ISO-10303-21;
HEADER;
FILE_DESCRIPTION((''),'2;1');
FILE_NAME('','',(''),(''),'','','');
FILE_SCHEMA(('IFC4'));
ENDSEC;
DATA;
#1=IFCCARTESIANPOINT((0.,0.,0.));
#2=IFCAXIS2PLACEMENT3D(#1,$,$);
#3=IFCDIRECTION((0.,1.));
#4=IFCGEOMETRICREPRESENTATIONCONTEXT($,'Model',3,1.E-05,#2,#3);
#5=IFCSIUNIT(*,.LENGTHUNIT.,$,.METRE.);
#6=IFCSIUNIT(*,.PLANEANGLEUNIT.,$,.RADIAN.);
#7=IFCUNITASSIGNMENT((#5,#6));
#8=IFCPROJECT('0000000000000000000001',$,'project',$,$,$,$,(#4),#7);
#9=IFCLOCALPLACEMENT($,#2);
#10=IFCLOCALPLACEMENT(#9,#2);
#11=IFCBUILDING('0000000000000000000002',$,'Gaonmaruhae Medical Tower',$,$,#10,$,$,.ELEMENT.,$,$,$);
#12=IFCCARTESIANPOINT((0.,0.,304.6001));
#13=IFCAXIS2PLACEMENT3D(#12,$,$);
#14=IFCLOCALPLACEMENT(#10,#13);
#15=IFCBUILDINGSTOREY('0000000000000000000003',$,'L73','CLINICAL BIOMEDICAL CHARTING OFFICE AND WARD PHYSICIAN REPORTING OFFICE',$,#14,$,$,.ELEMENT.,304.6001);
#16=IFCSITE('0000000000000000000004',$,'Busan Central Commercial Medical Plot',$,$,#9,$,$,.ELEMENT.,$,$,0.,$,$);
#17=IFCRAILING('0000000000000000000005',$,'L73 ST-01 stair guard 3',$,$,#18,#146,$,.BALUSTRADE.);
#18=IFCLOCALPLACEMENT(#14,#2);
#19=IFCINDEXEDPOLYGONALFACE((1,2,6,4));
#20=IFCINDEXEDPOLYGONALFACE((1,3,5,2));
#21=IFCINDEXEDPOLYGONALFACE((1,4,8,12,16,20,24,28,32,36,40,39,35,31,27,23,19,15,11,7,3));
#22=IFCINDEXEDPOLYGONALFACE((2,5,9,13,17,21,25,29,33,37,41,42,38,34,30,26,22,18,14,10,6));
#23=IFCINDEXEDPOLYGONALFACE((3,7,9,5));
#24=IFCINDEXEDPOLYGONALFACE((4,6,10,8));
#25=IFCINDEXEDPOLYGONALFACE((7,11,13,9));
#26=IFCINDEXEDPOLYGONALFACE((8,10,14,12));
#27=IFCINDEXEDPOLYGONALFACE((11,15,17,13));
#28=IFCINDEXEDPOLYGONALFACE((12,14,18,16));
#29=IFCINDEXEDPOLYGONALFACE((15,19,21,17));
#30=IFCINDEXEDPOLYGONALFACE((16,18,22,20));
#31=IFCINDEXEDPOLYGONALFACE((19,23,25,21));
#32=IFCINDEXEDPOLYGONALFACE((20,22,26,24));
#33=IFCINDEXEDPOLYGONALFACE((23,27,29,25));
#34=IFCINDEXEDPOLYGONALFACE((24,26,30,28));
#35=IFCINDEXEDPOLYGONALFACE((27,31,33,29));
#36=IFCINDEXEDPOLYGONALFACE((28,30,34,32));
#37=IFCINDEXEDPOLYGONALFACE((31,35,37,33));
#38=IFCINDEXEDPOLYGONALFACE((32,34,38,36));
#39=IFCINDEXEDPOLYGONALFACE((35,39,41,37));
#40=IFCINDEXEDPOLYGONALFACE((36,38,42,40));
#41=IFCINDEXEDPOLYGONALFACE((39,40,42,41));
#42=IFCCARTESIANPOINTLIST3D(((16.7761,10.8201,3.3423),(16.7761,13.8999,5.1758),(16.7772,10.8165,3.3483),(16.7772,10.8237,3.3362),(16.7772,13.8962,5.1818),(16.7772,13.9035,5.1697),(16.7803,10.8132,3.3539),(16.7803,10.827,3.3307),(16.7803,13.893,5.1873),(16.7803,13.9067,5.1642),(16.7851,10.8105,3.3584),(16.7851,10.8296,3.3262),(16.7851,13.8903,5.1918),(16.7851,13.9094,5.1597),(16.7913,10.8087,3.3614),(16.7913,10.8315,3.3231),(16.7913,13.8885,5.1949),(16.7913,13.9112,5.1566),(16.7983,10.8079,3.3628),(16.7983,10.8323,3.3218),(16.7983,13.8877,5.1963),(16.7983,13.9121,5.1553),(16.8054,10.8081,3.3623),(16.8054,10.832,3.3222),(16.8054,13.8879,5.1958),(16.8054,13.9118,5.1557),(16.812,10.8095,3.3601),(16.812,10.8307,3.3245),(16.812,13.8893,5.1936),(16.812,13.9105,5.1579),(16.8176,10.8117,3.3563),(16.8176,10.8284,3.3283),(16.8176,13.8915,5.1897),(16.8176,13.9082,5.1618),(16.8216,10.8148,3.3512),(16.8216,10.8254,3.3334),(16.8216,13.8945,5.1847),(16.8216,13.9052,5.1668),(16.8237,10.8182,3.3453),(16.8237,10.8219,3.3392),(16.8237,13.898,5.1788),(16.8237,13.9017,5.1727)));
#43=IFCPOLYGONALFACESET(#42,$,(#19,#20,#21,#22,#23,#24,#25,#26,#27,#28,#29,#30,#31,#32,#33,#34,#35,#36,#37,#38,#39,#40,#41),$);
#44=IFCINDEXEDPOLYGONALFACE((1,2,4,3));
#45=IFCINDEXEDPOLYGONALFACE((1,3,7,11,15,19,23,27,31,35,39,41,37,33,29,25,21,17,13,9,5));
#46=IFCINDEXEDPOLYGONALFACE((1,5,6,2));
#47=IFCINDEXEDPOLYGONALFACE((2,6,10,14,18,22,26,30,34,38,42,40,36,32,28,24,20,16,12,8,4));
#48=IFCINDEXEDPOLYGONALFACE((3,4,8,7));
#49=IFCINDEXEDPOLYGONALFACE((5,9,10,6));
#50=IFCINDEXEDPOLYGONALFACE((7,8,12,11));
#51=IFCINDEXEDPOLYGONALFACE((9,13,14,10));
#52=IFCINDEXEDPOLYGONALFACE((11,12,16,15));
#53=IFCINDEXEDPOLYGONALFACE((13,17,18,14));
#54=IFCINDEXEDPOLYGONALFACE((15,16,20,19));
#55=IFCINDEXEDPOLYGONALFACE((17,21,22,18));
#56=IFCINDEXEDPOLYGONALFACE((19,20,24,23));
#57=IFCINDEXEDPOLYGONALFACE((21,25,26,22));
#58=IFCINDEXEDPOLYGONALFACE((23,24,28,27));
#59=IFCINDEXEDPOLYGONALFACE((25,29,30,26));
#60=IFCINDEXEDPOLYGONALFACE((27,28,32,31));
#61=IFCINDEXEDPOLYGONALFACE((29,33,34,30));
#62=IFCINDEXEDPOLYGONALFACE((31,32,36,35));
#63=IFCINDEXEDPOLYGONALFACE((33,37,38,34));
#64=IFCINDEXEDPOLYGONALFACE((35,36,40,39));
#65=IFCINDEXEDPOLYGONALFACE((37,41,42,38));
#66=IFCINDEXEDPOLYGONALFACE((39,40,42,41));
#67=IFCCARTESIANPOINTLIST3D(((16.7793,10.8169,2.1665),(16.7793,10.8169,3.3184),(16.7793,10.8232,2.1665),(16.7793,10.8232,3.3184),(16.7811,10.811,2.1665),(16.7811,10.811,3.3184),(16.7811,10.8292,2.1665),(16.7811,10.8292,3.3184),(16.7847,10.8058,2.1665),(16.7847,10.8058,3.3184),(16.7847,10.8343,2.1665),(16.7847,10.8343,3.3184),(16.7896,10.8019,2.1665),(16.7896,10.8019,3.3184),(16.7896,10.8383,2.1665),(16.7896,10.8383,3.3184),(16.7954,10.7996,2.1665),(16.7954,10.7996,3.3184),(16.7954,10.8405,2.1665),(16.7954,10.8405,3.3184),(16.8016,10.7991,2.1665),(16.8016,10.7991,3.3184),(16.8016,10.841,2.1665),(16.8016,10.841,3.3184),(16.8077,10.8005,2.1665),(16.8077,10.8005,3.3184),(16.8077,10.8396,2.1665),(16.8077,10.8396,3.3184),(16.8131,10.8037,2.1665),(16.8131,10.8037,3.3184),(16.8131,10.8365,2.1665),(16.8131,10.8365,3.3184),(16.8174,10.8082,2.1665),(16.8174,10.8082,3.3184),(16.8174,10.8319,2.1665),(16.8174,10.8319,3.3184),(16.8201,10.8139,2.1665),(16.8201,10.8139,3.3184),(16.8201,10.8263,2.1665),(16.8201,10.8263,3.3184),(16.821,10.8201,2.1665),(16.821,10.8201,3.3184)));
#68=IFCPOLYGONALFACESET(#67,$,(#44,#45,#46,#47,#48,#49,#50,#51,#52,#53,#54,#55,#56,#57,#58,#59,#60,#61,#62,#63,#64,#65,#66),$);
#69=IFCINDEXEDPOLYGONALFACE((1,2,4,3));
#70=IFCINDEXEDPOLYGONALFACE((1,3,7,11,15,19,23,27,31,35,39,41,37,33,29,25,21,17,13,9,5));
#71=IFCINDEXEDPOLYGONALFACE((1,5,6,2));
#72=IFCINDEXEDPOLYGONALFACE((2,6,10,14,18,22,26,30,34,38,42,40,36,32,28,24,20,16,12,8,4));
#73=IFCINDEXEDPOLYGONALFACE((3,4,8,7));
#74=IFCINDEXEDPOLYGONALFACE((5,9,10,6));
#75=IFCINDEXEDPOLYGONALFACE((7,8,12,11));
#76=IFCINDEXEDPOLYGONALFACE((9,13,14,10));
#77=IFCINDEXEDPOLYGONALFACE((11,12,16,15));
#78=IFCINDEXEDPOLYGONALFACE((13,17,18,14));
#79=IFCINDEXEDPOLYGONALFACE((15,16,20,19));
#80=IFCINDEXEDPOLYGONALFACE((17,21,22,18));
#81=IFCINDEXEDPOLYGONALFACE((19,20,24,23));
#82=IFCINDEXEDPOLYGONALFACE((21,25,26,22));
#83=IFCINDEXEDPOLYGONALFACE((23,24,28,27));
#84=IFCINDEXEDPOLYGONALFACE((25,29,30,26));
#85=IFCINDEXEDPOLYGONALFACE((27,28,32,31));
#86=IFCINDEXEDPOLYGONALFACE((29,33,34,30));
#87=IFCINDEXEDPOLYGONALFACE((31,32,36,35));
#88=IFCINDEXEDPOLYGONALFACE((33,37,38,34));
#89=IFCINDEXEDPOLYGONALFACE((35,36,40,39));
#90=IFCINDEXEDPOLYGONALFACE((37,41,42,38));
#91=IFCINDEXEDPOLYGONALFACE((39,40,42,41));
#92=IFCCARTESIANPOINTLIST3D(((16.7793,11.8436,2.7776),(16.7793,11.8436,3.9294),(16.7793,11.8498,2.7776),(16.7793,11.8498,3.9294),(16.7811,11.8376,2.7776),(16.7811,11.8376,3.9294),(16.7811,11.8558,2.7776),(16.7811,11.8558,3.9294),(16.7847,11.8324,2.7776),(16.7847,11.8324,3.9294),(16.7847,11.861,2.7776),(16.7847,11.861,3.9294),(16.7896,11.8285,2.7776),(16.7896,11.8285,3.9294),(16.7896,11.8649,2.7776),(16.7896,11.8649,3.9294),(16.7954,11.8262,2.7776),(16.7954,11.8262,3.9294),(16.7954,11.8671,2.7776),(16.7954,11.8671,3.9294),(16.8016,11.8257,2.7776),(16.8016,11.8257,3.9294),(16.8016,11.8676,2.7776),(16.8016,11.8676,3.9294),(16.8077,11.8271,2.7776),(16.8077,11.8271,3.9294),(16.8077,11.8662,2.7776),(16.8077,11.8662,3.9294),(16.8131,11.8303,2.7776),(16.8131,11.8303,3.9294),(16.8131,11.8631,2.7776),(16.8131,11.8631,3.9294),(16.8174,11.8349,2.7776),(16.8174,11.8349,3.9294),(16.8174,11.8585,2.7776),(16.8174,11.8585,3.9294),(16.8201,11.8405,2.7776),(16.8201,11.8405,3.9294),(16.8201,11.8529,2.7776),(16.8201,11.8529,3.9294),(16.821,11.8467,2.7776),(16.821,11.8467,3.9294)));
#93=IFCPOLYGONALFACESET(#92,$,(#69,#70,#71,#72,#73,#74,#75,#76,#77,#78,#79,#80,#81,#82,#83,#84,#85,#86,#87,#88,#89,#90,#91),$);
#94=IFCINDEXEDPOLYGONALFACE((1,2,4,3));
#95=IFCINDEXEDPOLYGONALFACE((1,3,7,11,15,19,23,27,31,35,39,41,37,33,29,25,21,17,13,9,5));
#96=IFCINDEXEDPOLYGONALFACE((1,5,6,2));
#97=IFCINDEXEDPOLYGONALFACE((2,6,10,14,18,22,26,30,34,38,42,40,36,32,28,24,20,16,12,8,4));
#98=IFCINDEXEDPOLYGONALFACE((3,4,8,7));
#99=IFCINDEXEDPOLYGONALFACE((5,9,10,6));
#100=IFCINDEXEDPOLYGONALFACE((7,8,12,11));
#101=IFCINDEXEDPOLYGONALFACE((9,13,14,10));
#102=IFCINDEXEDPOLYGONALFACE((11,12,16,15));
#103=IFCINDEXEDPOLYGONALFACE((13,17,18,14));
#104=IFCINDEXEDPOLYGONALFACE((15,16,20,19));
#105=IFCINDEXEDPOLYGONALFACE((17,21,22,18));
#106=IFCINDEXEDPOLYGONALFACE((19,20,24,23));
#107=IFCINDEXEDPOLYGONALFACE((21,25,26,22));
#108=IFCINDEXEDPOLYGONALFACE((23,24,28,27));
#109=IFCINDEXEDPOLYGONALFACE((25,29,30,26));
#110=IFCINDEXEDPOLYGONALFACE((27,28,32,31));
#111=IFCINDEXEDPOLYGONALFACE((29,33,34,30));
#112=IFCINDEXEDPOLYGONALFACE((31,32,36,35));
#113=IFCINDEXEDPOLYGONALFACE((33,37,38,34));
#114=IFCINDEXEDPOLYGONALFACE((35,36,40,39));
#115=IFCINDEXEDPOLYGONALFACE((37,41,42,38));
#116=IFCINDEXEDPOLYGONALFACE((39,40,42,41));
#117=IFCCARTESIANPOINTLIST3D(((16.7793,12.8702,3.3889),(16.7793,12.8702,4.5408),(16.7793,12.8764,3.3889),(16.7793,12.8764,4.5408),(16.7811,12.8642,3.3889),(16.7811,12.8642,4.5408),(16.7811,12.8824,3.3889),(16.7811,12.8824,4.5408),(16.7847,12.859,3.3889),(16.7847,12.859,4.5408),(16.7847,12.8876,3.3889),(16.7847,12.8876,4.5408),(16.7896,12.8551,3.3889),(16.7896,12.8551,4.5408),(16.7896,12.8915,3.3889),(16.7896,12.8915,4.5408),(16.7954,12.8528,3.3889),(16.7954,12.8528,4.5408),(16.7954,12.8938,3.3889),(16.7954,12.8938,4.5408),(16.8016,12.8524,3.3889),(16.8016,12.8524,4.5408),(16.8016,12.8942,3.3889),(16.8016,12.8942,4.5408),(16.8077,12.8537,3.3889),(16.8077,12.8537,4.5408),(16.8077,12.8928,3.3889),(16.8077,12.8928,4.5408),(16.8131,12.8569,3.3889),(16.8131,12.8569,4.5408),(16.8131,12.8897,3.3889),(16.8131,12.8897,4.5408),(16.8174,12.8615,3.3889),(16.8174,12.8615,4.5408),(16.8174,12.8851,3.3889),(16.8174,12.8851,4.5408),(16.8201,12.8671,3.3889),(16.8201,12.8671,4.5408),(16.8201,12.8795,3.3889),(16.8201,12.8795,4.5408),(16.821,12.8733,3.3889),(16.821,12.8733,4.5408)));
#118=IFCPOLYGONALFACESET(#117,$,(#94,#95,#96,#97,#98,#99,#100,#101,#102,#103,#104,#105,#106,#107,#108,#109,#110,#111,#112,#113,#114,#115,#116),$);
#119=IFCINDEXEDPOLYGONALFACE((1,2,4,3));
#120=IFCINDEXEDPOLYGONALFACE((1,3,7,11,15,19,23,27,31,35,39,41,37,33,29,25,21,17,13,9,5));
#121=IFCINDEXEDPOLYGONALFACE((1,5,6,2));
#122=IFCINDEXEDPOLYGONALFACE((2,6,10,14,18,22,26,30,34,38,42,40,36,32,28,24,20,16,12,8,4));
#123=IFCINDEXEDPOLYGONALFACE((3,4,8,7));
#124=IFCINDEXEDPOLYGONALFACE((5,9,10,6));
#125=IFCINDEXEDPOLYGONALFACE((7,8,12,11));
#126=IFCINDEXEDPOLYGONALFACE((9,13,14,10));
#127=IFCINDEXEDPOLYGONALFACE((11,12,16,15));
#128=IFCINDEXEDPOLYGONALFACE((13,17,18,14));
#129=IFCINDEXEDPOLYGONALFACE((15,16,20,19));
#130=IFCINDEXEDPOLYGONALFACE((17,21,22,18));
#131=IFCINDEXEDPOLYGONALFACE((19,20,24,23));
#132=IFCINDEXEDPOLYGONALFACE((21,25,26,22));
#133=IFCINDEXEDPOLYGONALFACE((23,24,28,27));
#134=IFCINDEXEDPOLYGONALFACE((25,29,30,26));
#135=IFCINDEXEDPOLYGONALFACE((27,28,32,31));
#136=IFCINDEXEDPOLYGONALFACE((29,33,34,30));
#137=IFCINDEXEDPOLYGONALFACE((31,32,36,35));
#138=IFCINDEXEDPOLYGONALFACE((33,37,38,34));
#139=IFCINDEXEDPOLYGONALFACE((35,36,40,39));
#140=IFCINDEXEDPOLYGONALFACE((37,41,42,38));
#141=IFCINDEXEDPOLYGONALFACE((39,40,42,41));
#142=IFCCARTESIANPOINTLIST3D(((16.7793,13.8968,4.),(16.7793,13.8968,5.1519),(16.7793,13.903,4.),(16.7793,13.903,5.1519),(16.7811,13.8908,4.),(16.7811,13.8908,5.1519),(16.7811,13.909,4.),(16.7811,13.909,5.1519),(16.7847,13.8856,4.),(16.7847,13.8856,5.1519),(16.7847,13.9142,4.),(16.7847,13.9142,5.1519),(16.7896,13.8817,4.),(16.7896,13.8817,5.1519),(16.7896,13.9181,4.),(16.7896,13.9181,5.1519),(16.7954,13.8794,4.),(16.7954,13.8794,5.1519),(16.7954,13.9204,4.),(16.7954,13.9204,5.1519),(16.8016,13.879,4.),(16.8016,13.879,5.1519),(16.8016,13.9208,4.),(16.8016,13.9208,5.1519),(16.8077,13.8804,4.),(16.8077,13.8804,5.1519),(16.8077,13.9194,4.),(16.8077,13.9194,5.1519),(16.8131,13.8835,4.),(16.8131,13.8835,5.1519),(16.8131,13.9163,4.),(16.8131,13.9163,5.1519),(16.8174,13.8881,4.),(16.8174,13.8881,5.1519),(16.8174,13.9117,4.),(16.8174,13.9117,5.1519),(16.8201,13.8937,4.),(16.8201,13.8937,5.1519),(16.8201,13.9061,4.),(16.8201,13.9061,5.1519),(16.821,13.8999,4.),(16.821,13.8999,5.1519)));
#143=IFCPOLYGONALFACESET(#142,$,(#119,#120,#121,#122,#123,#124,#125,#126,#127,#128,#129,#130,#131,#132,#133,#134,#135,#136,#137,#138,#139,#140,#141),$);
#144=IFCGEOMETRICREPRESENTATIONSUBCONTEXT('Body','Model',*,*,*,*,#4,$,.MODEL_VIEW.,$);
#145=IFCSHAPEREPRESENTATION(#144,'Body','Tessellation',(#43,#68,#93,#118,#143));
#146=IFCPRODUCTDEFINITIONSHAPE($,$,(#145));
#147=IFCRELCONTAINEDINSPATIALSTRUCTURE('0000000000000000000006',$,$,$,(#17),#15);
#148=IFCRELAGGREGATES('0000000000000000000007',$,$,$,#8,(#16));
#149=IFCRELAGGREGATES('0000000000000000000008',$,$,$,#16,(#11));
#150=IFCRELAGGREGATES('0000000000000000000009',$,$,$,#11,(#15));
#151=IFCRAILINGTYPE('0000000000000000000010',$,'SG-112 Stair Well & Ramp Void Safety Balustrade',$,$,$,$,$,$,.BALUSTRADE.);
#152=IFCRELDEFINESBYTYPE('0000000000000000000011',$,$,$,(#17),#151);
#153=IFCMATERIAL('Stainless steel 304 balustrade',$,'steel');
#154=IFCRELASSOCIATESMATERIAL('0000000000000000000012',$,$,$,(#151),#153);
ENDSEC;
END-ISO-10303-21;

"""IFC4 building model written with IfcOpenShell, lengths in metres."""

from ifc_helpers import new_model, si_unit, direction, frame, origin, origin_2d, place, context, subcontext, project, spatial, circle, extrude, material, type_object, element, save


model = new_model("IFC4")

# Units and contexts
model_context = context("Model", 3, precision=1e-05, world=origin(), true_north=direction((0.0, 1.0)))
body_context = subcontext(model_context, "Body", "Model", "MODEL_VIEW")
ifc_project = project(units=[si_unit("LENGTHUNIT", "METRE"), si_unit("PLANEANGLEUNIT", "RADIAN")], contexts=[model_context])

# Site, building, storey
site_placement = place(None, origin())
site = spatial("IfcSite", under=ifc_project, at=site_placement, Name="Busan Central Commercial Medical Plot", CompositionType="ELEMENT", RefElevation=0.0)
building_placement = place(site_placement, origin())
building = spatial("IfcBuilding", under=site, at=building_placement, Name="Gaonmaruhae Medical Tower", CompositionType="ELEMENT")
storey_placement = place(building_placement, frame((0.0, 0.0, 304.6001)))
storey = spatial("IfcBuildingStorey", under=building, at=storey_placement, Name="L73", Description="CLINICAL BIOMEDICAL CHARTING OFFICE AND WARD PHYSICIAN REPORTING OFFICE", CompositionType="ELEMENT", Elevation=304.6001)

# Railing
ifc_material_1 = material(Name="Stainless steel 304 balustrade", Category="steel")
railing_type_1 = type_object("IfcRailingType", Name="SG-112 Stair Well & Ramp Void Safety Balustrade", PredefinedType="BALUSTRADE", material=ifc_material_1)
railing_1_placement = place(storey_placement, frame((16.8, 10.8201, 2.1665)))
element("IfcRailing", 1, at=railing_1_placement, inside=storey, type_object=railing_type_1, Name="L73 ST-01 stair guard 3", PredefinedType="BALUSTRADE", context=body_context, shape_type="SweptSolid", body=[
    extrude(circle(Radius=0.0239, at=origin_2d()), frame((0.0, 0.0, 1.1758), z_axis=(0.0, 0.859261, 0.511538), x_axis=(-1.0, 0.0, 0.0)), (0.0, 0.0, 1.0), 3.5842),
    extrude(circle(Radius=0.021, at=origin_2d()), origin(), (0.0, 0.0, 1.0), 1.1519),
    extrude(circle(Radius=0.021, at=origin_2d()), frame((0.0, 1.0266, 0.6111)), (0.0, 0.0, 1.0), 1.1519),
    extrude(circle(Radius=0.021, at=origin_2d()), frame((0.0, 2.0532, 1.2224)), (0.0, 0.0, 1.0), 1.1519),
    extrude(circle(Radius=0.021, at=origin_2d()), frame((0.0, 3.0798, 1.8335)), (0.0, 0.0, 1.0), 1.1519),
])

save(model, "model.ifc")
